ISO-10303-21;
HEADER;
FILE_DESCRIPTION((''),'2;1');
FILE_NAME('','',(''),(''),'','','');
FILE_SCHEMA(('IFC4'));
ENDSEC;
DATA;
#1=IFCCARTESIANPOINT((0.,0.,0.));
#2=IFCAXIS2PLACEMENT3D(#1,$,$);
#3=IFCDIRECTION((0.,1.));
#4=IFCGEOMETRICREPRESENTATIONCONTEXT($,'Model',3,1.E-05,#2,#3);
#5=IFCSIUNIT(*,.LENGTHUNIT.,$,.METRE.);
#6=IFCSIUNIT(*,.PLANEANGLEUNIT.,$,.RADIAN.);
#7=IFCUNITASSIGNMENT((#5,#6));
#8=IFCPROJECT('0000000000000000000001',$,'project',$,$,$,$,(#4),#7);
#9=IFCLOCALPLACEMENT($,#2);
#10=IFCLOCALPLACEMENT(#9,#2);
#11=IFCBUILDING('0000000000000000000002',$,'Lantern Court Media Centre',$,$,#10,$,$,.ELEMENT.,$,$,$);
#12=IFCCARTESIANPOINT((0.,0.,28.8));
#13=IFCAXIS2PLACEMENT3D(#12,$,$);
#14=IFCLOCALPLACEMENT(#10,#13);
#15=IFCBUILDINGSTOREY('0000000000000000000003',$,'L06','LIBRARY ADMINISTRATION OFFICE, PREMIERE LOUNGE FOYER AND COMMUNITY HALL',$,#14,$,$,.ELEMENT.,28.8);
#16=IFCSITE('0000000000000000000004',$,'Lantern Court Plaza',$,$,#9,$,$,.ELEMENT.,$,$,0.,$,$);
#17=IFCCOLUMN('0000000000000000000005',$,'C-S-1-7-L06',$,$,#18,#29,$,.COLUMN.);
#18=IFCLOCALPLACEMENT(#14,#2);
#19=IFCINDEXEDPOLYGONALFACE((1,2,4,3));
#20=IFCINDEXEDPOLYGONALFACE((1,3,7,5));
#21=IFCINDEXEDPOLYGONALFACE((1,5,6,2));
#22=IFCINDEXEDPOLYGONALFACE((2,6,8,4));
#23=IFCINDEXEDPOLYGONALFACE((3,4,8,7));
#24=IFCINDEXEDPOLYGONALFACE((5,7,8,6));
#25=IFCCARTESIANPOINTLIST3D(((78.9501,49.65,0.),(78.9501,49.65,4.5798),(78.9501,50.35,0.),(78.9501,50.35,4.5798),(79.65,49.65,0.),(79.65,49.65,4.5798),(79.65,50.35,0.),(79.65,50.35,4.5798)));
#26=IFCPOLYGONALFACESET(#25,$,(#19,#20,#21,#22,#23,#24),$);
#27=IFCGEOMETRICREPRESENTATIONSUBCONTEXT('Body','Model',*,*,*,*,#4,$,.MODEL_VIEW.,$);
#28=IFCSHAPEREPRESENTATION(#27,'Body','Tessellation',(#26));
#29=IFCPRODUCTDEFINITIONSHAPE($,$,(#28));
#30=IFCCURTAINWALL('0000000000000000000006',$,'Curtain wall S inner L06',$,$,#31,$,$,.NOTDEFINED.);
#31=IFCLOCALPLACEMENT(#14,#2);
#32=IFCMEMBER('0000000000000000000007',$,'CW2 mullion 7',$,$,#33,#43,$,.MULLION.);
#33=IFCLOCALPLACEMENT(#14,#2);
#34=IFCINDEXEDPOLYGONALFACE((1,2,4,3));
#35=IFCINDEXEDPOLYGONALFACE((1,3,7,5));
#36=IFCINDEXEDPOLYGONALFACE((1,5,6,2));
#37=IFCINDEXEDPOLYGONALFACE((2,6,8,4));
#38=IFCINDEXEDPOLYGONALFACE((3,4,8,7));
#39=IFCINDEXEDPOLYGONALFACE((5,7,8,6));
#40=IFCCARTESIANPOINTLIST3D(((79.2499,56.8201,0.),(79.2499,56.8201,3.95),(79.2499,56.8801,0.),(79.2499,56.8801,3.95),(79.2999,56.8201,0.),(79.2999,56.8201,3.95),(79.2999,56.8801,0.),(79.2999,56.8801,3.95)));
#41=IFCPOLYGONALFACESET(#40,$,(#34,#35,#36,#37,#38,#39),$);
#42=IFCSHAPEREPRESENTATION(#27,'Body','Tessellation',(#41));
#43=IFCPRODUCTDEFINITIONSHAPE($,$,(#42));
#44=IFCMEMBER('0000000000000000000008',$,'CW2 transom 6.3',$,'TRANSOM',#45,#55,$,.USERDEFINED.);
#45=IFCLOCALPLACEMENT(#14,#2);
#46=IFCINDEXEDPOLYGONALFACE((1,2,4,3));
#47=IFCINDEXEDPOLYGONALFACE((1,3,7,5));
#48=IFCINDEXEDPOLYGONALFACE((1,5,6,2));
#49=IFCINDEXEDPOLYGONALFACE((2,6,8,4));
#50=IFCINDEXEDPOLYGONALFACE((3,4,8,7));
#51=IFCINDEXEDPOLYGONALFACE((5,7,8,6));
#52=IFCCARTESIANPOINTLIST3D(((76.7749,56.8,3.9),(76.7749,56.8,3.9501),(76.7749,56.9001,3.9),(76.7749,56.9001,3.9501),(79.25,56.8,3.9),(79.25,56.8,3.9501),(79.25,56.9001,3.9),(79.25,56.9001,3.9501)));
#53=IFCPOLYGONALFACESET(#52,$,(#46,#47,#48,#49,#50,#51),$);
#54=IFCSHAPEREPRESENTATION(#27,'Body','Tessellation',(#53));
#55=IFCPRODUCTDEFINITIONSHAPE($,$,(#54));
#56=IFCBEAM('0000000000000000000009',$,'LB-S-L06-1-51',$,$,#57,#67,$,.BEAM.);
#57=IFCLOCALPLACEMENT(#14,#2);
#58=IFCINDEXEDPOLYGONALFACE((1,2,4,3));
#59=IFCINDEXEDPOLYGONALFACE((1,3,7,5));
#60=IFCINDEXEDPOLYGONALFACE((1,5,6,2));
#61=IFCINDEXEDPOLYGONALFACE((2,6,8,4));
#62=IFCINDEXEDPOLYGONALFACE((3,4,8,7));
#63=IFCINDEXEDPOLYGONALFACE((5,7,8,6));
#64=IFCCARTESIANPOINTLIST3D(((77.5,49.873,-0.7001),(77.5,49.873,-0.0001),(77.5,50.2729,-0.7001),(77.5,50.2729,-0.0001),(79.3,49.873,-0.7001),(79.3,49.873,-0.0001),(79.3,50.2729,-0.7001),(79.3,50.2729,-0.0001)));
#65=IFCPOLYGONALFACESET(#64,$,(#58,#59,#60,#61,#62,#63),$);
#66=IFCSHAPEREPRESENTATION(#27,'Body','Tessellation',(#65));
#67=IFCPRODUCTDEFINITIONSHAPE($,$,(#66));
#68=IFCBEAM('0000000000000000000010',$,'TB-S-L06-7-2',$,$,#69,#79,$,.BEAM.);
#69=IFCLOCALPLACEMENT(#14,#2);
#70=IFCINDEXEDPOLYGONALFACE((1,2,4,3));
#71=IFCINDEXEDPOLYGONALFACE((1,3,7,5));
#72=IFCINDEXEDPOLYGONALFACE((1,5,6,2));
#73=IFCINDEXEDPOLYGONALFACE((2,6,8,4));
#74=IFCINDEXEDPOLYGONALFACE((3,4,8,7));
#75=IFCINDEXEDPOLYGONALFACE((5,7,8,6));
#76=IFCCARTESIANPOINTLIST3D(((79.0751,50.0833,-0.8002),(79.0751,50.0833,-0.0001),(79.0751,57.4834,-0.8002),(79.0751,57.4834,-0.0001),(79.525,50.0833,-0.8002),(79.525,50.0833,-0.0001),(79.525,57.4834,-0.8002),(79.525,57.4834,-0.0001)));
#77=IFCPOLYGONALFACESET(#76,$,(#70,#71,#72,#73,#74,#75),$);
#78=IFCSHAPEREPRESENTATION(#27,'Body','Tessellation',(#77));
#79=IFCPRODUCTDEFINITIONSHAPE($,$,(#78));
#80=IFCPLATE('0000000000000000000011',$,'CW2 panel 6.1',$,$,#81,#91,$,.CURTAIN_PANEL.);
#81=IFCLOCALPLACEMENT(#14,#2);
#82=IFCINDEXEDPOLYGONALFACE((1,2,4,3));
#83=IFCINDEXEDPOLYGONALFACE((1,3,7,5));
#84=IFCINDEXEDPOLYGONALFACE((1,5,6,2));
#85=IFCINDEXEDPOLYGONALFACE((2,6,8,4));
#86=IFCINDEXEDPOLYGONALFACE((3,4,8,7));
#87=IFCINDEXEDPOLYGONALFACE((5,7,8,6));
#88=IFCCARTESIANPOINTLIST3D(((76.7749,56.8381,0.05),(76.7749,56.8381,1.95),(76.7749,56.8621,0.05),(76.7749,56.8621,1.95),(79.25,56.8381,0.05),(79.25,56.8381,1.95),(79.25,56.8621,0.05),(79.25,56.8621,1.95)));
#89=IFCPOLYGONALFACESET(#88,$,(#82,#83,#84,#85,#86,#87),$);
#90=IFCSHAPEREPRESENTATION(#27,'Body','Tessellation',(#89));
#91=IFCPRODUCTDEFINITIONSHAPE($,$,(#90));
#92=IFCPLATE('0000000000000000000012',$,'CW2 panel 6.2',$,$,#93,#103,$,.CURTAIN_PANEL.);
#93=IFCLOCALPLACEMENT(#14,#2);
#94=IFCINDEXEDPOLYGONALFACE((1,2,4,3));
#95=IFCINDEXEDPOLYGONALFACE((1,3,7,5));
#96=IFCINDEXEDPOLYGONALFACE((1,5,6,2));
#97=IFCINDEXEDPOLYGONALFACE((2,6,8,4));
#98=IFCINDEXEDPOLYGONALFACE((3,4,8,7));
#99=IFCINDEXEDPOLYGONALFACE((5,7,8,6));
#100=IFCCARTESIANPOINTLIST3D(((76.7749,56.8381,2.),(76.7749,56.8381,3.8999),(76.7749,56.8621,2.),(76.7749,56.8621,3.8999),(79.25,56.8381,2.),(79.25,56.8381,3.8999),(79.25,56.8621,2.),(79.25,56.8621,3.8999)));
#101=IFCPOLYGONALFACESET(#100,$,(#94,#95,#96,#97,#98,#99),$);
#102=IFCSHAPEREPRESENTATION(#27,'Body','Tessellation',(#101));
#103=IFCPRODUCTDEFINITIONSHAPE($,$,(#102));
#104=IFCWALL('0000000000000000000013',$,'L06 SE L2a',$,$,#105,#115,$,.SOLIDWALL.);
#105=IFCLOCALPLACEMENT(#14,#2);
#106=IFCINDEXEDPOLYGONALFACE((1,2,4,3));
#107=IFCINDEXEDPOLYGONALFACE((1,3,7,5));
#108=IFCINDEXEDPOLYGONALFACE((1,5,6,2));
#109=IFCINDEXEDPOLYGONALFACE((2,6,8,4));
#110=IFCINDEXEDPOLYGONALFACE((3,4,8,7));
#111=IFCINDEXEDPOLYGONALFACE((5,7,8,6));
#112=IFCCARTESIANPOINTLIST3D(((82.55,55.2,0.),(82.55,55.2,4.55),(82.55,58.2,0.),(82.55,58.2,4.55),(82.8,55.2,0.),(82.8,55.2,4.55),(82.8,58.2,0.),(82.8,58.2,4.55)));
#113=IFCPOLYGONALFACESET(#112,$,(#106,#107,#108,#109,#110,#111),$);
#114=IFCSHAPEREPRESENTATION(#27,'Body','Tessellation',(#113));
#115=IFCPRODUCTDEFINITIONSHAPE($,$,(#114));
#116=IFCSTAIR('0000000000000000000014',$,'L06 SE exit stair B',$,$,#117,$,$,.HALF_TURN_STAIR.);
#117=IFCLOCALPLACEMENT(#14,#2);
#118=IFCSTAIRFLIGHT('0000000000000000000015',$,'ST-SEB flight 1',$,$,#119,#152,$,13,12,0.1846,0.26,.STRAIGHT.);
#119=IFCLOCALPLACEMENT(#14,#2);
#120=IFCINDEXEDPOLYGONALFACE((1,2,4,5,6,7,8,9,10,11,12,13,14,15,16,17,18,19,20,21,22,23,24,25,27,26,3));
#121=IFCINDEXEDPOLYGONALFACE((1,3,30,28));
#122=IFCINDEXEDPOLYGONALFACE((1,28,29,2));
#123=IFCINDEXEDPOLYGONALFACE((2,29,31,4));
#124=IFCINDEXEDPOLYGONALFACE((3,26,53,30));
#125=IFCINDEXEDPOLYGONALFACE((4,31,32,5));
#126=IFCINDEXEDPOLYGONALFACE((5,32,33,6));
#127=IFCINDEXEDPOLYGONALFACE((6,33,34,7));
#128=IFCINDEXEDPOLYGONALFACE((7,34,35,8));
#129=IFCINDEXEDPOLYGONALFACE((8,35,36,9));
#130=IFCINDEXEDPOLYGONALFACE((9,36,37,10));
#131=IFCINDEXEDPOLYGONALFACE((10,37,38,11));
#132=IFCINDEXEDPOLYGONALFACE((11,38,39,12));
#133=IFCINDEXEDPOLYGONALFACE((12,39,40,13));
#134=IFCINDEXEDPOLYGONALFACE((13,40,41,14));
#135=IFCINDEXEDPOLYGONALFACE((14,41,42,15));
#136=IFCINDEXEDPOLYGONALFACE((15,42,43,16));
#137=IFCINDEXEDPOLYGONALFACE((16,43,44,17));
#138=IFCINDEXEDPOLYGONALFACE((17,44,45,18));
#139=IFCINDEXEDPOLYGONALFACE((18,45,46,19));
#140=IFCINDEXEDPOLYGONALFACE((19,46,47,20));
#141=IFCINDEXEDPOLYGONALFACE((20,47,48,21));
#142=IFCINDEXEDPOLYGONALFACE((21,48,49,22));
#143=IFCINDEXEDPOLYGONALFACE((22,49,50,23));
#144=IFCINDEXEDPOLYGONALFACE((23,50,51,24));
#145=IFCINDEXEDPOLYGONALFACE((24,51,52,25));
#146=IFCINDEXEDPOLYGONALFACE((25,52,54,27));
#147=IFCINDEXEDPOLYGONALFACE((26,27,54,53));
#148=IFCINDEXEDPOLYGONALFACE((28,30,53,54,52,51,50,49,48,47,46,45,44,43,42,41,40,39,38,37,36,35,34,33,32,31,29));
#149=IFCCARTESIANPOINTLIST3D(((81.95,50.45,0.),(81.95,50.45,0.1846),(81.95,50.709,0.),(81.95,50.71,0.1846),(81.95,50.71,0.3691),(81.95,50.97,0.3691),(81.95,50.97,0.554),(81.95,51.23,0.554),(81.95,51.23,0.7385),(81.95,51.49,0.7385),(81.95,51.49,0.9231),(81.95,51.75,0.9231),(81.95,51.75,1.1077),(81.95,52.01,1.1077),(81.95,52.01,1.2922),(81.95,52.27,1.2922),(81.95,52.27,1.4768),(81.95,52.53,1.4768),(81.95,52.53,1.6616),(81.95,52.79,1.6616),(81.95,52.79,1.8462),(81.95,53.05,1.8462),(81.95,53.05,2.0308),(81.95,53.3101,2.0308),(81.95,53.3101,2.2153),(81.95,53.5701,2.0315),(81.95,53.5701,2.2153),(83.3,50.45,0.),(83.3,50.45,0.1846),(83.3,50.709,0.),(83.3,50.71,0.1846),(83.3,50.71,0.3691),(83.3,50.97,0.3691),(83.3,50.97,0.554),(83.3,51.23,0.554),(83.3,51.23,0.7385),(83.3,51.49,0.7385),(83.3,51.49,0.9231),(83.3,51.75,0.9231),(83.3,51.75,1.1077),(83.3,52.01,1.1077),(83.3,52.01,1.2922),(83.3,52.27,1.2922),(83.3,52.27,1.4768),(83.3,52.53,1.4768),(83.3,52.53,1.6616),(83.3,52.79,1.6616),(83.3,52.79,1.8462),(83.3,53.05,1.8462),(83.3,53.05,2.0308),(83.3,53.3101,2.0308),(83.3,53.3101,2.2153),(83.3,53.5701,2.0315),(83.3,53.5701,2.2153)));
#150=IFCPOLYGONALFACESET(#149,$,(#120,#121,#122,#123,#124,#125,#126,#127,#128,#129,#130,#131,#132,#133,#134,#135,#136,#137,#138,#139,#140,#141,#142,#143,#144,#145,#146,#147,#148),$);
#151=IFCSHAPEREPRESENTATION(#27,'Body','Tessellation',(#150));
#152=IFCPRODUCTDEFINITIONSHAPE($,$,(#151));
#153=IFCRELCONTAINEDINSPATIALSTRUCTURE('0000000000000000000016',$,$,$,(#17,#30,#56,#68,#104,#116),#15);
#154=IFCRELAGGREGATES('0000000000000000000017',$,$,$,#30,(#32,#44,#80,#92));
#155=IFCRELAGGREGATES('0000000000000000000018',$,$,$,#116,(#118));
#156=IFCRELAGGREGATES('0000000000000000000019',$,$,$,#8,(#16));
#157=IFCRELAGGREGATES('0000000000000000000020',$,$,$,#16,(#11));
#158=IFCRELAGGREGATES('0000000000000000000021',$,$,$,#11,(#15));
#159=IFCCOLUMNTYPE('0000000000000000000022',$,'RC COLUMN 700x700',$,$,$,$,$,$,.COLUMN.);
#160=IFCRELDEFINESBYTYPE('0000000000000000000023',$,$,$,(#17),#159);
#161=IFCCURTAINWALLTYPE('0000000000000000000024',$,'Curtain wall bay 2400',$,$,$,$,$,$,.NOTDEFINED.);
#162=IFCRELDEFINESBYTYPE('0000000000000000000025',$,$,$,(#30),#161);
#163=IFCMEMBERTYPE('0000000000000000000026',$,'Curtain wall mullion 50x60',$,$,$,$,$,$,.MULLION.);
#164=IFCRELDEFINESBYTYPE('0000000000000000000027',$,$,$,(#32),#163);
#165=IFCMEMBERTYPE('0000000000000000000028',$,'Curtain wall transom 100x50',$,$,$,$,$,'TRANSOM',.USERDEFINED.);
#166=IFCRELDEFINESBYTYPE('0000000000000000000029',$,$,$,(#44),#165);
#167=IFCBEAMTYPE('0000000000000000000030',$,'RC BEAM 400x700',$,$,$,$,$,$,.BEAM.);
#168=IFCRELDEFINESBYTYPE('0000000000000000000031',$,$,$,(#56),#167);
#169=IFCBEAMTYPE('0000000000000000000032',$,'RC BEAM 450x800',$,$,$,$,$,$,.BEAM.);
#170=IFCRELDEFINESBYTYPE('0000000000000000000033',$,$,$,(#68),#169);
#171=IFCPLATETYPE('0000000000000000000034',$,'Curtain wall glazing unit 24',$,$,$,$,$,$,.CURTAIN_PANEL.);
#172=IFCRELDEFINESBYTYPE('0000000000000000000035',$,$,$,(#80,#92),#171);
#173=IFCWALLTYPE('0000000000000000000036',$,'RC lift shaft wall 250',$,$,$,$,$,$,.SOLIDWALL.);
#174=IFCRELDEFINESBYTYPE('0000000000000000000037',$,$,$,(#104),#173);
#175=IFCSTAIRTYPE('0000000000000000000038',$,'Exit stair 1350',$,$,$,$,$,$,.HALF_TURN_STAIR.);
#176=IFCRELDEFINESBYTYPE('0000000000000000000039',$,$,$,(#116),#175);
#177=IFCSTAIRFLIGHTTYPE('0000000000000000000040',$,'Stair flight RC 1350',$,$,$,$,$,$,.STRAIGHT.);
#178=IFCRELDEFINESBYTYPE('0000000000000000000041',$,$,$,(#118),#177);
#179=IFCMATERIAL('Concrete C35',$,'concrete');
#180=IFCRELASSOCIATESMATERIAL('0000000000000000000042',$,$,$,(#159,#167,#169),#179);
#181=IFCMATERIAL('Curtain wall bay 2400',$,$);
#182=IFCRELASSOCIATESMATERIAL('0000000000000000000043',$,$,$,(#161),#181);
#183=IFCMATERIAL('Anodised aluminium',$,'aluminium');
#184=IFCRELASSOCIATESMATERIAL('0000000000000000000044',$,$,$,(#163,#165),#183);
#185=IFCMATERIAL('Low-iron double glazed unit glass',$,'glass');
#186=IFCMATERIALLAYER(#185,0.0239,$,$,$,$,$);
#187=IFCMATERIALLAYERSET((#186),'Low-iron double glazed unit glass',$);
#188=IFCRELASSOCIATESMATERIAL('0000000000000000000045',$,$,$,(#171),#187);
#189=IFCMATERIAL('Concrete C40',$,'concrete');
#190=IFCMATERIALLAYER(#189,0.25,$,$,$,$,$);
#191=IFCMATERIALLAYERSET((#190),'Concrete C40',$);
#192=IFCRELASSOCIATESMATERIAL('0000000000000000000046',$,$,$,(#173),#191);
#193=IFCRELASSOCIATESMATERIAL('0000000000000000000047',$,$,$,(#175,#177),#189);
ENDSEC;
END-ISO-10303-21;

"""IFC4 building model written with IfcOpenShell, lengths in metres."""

from ifc_helpers import new_model, si_unit, direction, frame, frame_2d, origin, origin_2d, place, context, subcontext, project, spatial, polyline, rectangle, outline, extrude, material, layer, layer_set, material_profile, profile_set, type_object, element, aggregate, save


model = new_model("IFC4")

# Units and contexts
model_context = context("Model", 3, precision=1e-05, world=origin(), true_north=direction((0.0, 1.0)))
body_context = subcontext(model_context, "Body", "Model", "MODEL_VIEW")
ifc_project = project(units=[si_unit("LENGTHUNIT", "METRE"), si_unit("PLANEANGLEUNIT", "RADIAN")], contexts=[model_context])

# Site, building, storey
site_placement = place(None, origin())
site = spatial("IfcSite", under=ifc_project, at=site_placement, Name="Lantern Court Plaza", CompositionType="ELEMENT", RefElevation=0.0)
building_placement = place(site_placement, origin())
building = spatial("IfcBuilding", under=site, at=building_placement, Name="Lantern Court Media Centre", CompositionType="ELEMENT")
storey_placement = place(building_placement, frame((0.0, 0.0, 28.8)))
storey = spatial("IfcBuildingStorey", under=building, at=storey_placement, Name="L06", Description="LIBRARY ADMINISTRATION OFFICE, PREMIERE LOUNGE FOYER AND COMMUNITY HALL", CompositionType="ELEMENT", Elevation=28.8)

# Column
ifc_material_1 = material(Name="Concrete C35", Category="concrete")
ifc_material_profile_1 = material_profile(ifc_material_1, rectangle(XDim=0.7, YDim=0.7, at=origin_2d()), Name="RC 700x700")
ifc_profile_set_1 = profile_set([ifc_material_profile_1], Name="Concrete C35")
column_type = type_object("IfcColumnType", Name="RC COLUMN 700x700", PredefinedType="COLUMN", material=ifc_profile_set_1)
column_placement = place(storey_placement, frame((79.3, 50.0, 0.0), z_axis=(0.0, 0.0, 1.0), x_axis=(1.0, 0.0, 0.0)))
element("IfcColumn", 1, at=column_placement, inside=storey, type_object=column_type, Name="C-S-1-7-L06", PredefinedType="COLUMN", context=body_context, shape_type="SweptSolid", body=[
    extrude(rectangle(XDim=0.7, YDim=0.7, at=origin_2d()), origin(), (0.0, 0.0, 1.0), 4.5798),
])

# Curtain wall, members
ifc_material_2 = material(Name="Curtain wall bay 2400")
curtain_wall_type = type_object("IfcCurtainWallType", Name="Curtain wall bay 2400", PredefinedType="NOTDEFINED", material=ifc_material_2)
curtain_wall_placement = place(storey_placement, origin())
curtain_wall = element("IfcCurtainWall", 2, at=curtain_wall_placement, inside=storey, type_object=curtain_wall_type, Name="Curtain wall S inner L06", PredefinedType="NOTDEFINED")
ifc_material_3 = material(Name="Anodised aluminium", Category="aluminium")
ifc_material_profile_2 = material_profile(ifc_material_3, rectangle(XDim=0.0601, YDim=0.05, at=origin_2d()), Name="AL 50x60")
ifc_profile_set_2 = profile_set([ifc_material_profile_2], Name="Anodised aluminium")
member_type_1 = type_object("IfcMemberType", Name="Curtain wall mullion 50x60", PredefinedType="MULLION", material=ifc_profile_set_2)
member_1_placement = place(storey_placement, frame((79.2749, 56.8501, 0.0), z_axis=(0.0, 0.0, 1.0), x_axis=(0.0, 1.0, 0.0)))
member_1 = element("IfcMember", 3, at=member_1_placement, type_object=member_type_1, Name="CW2 mullion 7", PredefinedType="MULLION", context=body_context, shape_type="SweptSolid", body=[
    extrude(rectangle(XDim=0.0601, YDim=0.05, at=origin_2d()), origin(), (0.0, 0.0, 1.0), 3.95),
])
ifc_material_profile_3 = material_profile(ifc_material_3, rectangle(XDim=0.1001, YDim=0.05, at=origin_2d()), Name="AL 50x100")
ifc_profile_set_3 = profile_set([ifc_material_profile_3], Name="Anodised aluminium")
member_type_2 = type_object("IfcMemberType", Name="Curtain wall transom 100x50", ElementType="TRANSOM", PredefinedType="USERDEFINED", material=ifc_profile_set_3)
member_2_placement = place(storey_placement, frame((76.7749, 56.8501, 3.925), z_axis=(1.0, 0.0, 0.0), x_axis=(0.0, 1.0, 0.0)))
member_2 = element("IfcMember", 4, at=member_2_placement, type_object=member_type_2, Name="CW2 transom 6.3", ObjectType="TRANSOM", PredefinedType="USERDEFINED", context=body_context, shape_type="SweptSolid", body=[
    extrude(rectangle(XDim=0.1001, YDim=0.05, at=origin_2d()), origin(), (0.0, 0.0, 1.0), 2.4751),
])

# Beams
ifc_material_profile_4 = material_profile(ifc_material_1, rectangle(XDim=0.3999, YDim=0.7, at=origin_2d()), Name="RC 400x700")
ifc_profile_set_4 = profile_set([ifc_material_profile_4], Name="Concrete C35")
beam_type_1 = type_object("IfcBeamType", Name="RC BEAM 400x700", PredefinedType="BEAM", material=ifc_profile_set_4)
beam_1_placement = place(storey_placement, frame((77.5, 50.073, -0.3501), z_axis=(1.0, 0.0, 0.0), x_axis=(0.0, 1.0, 0.0)))
element("IfcBeam", 5, at=beam_1_placement, inside=storey, type_object=beam_type_1, Name="LB-S-L06-1-51", PredefinedType="BEAM", context=body_context, shape_type="SweptSolid", body=[
    extrude(rectangle(XDim=0.3999, YDim=0.7, at=origin_2d()), origin(), (0.0, 0.0, 1.0), 1.8),
])
ifc_material_profile_5 = material_profile(ifc_material_1, rectangle(XDim=0.45, YDim=0.8, at=origin_2d()), Name="RC 450x800")
ifc_profile_set_5 = profile_set([ifc_material_profile_5], Name="Concrete C35")
beam_type_2 = type_object("IfcBeamType", Name="RC BEAM 450x800", PredefinedType="BEAM", material=ifc_profile_set_5)
beam_2_placement = place(storey_placement, frame((79.3, 50.0833, -0.4001), z_axis=(0.0, 1.0, 0.0), x_axis=(-1.0, 0.0, 0.0)))
element("IfcBeam", 6, at=beam_2_placement, inside=storey, type_object=beam_type_2, Name="TB-S-L06-7-2", PredefinedType="BEAM", context=body_context, shape_type="SweptSolid", body=[
    extrude(rectangle(XDim=0.45, YDim=0.8, at=origin_2d()), origin(), (0.0, 0.0, 1.0), 7.4001),
])

# Plates
ifc_material_4 = material(Name="Low-iron double glazed unit glass", Category="glass")
ifc_layer_1 = layer(ifc_material_4, 0.0239)
ifc_layer_set_1 = layer_set([ifc_layer_1], Name="Low-iron double glazed unit glass")
plate_type = type_object("IfcPlateType", Name="Curtain wall glazing unit 24", PredefinedType="CURTAIN_PANEL", material=ifc_layer_set_1)
plate_1_placement = place(storey_placement, frame((78.0125, 56.8501, 0.05), z_axis=(0.0, 0.0, 1.0), x_axis=(1.0, 0.0, 0.0)))
plate_1 = element("IfcPlate", 7, at=plate_1_placement, type_object=plate_type, Name="CW2 panel 6.1", PredefinedType="CURTAIN_PANEL", context=body_context, shape_type="SweptSolid", body=[
    extrude(rectangle(XDim=2.4751, YDim=0.0239, at=origin_2d()), origin(), (0.0, 0.0, 1.0), 1.8999),
])
plate_2_placement = place(storey_placement, frame((78.0125, 56.8501, 2.0), z_axis=(0.0, 0.0, 1.0), x_axis=(1.0, 0.0, 0.0)))
plate_2 = element("IfcPlate", 8, at=plate_2_placement, type_object=plate_type, Name="CW2 panel 6.2", PredefinedType="CURTAIN_PANEL", context=body_context, shape_type="SweptSolid", body=[
    extrude(rectangle(XDim=2.4751, YDim=0.0239, at=origin_2d()), origin(), (0.0, 0.0, 1.0), 1.8999),
])
aggregate(curtain_wall, [member_1, member_2, plate_1, plate_2])

# Wall
ifc_material_5 = material(Name="Concrete C40", Category="concrete")
ifc_layer_2 = layer(ifc_material_5, 0.25)
ifc_layer_set_2 = layer_set([ifc_layer_2], Name="Concrete C40")
wall_type = type_object("IfcWallType", Name="RC lift shaft wall 250", PredefinedType="SOLIDWALL", material=ifc_layer_set_2)
wall_placement = place(storey_placement, frame((82.675, 55.2, 0.0), z_axis=(0.0, 0.0, 1.0), x_axis=(0.0, 1.0, 0.0)))
element("IfcWall", 9, at=wall_placement, inside=storey, type_object=wall_type, Name="L06 SE L2a", PredefinedType="SOLIDWALL", context=body_context, shape_type="SweptSolid", body=[
    extrude(rectangle(XDim=3.0, YDim=0.25, at=frame_2d((1.5, 0.0))), origin(), (0.0, 0.0, 1.0), 4.55),
])

# Stair, stair flight
stair_type = type_object("IfcStairType", Name="Exit stair 1350", PredefinedType="HALF_TURN_STAIR", material=ifc_material_5)
stair_placement = place(storey_placement, origin())
stair = element("IfcStair", 10, at=stair_placement, inside=storey, type_object=stair_type, Name="L06 SE exit stair B", PredefinedType="HALF_TURN_STAIR")
stair_flight_type = type_object("IfcStairFlightType", Name="Stair flight RC 1350", PredefinedType="STRAIGHT", material=ifc_material_5)
stair_flight_1_placement = place(storey_placement, frame((82.625, 50.45, 0.0), z_axis=(0.0, 0.0, 1.0), x_axis=(0.0, 1.0, 0.0)))
stair_flight_1 = element("IfcStairFlight", 11, at=stair_flight_1_placement, type_object=stair_flight_type, Name="ST-SEB flight 1", NumberOfRisers=13, NumberOfTreads=12, PredefinedType="STRAIGHT", RiserHeight=0.1846, TreadLength=0.26, context=body_context, shape_type="SweptSolid", body=[
    extrude(outline(polyline([(0.0, 0.0), (0.0, 0.1846), (0.26, 0.1846), (0.26, 0.3691), (0.52, 0.3691), (0.52, 0.554), (0.78, 0.554), (0.78, 0.7385), (1.04, 0.7385), (1.04, 0.9231), (1.3, 0.9231), (1.3, 1.1077), (1.5601, 1.1077), (1.5601, 1.2922), (1.8201, 1.2922), (1.8201, 1.4768), (2.0801, 1.4768), (2.0801, 1.6616), (2.3401, 1.6616), (2.3401, 1.8462), (2.6001, 1.8462), (2.6001, 2.0308), (2.8601, 2.0308), (2.8601, 2.2153), (3.1201, 2.2153), (3.1201, 2.3999), (3.1201, 2.0315), (0.259, 0.0), (0.0, 0.0)])), frame((0.0, 0.675, 0.0), z_axis=(0.0, -1.0, 0.0), x_axis=(1.0, 0.0, 0.0)), (0.0, 0.0, 1.0), 1.3501),
])
aggregate(stair, [stair_flight_1])

save(model, "model.ifc")
